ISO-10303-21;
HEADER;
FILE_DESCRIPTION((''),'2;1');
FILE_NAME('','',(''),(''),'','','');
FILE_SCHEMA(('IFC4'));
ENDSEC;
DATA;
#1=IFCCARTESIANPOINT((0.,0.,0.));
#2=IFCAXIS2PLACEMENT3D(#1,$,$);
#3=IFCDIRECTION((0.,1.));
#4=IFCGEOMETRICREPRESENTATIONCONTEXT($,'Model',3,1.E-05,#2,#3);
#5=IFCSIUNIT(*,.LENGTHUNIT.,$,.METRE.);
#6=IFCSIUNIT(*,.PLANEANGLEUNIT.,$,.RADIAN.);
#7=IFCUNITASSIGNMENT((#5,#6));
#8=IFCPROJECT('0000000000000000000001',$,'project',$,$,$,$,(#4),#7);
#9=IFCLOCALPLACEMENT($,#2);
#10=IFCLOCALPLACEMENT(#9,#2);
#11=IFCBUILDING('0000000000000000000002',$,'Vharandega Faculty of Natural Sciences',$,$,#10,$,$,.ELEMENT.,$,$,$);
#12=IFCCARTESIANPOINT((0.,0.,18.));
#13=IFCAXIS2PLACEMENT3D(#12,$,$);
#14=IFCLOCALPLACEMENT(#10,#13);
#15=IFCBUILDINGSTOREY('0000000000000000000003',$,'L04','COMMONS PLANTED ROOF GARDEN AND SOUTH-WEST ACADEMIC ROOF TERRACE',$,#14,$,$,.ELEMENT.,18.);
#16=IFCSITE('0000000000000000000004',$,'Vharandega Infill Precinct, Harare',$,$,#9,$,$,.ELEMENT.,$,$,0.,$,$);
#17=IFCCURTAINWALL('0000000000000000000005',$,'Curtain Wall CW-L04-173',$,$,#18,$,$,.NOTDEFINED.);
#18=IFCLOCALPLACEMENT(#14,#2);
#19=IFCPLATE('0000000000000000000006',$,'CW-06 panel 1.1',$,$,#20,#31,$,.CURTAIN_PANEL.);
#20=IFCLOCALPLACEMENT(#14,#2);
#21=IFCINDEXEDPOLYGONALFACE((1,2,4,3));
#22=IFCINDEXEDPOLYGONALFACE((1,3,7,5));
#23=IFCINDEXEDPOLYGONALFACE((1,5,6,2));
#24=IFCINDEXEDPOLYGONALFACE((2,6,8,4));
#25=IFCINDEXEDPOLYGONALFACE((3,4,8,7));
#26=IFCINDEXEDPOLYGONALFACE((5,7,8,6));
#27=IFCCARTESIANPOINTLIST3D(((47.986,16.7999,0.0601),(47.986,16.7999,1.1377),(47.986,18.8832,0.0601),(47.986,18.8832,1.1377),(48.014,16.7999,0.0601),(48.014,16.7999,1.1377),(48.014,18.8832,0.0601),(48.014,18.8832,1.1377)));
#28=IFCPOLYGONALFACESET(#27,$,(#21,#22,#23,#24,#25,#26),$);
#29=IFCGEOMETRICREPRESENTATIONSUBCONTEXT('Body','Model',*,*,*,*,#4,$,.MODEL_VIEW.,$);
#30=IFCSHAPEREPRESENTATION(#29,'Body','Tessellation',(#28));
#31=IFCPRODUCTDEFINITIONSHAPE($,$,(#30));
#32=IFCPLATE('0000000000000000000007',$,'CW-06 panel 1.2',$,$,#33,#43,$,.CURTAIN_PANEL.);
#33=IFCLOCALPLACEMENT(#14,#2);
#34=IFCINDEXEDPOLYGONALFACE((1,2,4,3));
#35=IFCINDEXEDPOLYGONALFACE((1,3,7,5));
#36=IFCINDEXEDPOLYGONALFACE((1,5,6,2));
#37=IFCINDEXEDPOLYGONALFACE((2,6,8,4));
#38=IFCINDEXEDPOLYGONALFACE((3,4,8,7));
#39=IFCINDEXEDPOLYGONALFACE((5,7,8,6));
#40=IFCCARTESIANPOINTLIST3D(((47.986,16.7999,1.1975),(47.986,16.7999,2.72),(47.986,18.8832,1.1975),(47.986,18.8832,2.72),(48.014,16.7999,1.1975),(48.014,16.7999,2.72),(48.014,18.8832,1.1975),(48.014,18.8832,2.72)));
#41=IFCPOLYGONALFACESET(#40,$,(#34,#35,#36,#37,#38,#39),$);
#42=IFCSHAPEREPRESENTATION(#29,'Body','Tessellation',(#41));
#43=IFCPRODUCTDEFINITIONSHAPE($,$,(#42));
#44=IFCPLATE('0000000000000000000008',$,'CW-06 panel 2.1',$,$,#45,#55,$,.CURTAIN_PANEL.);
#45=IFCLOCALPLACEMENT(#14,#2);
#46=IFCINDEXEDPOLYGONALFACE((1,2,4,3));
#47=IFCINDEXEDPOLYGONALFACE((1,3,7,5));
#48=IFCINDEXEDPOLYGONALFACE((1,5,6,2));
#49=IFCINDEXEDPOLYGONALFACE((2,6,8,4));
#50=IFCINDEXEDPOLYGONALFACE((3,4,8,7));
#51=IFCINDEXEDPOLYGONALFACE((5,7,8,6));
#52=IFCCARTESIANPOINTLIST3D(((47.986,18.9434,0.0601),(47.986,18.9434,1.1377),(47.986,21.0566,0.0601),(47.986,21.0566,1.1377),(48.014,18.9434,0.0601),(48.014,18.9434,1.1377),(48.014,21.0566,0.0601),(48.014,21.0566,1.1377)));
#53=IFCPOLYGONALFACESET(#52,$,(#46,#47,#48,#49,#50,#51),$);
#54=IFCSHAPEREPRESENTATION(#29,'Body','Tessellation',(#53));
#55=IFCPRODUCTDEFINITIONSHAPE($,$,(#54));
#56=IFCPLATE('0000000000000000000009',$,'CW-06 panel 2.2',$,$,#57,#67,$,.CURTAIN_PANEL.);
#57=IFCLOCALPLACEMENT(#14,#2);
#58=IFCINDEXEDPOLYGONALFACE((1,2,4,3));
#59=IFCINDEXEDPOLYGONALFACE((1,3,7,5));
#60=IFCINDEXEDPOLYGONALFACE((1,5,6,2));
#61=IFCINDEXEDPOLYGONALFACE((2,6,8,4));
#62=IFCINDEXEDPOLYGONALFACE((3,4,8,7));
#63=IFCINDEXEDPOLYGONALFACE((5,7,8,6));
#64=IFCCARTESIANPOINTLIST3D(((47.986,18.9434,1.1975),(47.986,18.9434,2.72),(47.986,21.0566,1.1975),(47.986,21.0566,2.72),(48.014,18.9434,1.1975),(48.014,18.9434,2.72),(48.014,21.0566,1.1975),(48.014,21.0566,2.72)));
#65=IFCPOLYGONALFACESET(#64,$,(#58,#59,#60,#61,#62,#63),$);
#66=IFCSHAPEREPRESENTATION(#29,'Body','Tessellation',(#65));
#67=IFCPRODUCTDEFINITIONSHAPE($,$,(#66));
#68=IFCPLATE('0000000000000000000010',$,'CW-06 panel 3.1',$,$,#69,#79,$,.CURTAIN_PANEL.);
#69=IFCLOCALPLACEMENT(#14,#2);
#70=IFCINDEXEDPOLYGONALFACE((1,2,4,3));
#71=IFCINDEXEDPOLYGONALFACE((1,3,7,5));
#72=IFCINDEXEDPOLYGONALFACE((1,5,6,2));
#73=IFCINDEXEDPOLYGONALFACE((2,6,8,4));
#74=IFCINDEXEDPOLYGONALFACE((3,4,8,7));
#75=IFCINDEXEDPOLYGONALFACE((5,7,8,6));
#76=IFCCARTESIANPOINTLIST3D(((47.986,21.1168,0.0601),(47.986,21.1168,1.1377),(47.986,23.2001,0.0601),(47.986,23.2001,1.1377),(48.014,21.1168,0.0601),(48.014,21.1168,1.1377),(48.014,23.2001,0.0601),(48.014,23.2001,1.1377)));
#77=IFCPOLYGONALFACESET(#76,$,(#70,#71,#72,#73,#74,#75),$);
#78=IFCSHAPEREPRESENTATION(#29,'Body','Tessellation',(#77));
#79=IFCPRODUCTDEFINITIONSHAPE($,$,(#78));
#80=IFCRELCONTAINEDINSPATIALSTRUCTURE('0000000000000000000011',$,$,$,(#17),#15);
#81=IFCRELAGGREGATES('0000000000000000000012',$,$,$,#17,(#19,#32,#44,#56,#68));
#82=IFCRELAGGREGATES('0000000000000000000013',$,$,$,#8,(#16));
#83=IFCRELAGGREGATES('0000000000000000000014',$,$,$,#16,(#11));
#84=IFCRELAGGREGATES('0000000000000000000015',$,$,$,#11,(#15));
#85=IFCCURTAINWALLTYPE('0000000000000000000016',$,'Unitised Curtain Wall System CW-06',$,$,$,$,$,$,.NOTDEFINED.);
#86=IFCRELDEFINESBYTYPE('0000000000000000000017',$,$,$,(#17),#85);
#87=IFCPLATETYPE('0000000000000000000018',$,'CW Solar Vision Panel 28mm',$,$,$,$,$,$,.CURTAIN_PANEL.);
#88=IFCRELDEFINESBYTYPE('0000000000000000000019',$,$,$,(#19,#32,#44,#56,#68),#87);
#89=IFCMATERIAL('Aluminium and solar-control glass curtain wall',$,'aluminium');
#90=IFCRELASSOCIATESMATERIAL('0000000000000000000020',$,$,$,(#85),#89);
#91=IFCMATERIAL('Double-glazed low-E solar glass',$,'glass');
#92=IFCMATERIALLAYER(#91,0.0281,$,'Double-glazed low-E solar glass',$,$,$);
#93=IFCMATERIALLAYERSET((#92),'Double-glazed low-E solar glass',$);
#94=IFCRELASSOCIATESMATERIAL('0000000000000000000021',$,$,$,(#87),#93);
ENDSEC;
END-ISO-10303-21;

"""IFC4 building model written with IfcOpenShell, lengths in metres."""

from ifc_helpers import new_model, si_unit, direction, frame, origin, origin_2d, place, context, subcontext, project, spatial, rectangle, extrude, material, layer, layer_set, type_object, element, aggregate, save


model = new_model("IFC4")

# Units and contexts
model_context = context("Model", 3, precision=1e-05, world=origin(), true_north=direction((0.0, 1.0)))
body_context = subcontext(model_context, "Body", "Model", "MODEL_VIEW")
ifc_project = project(units=[si_unit("LENGTHUNIT", "METRE"), si_unit("PLANEANGLEUNIT", "RADIAN")], contexts=[model_context])

# Site, building, storey
site_placement = place(None, origin())
site = spatial("IfcSite", under=ifc_project, at=site_placement, Name="Vharandega Infill Precinct, Harare", CompositionType="ELEMENT", RefElevation=0.0)
building_placement = place(site_placement, origin())
building = spatial("IfcBuilding", under=site, at=building_placement, Name="Vharandega Faculty of Natural Sciences", CompositionType="ELEMENT")
storey_placement = place(building_placement, frame((0.0, 0.0, 18.0)))
storey = spatial("IfcBuildingStorey", under=building, at=storey_placement, Name="L04", Description="COMMONS PLANTED ROOF GARDEN AND SOUTH-WEST ACADEMIC ROOF TERRACE", CompositionType="ELEMENT", Elevation=18.0)

# Curtain wall
ifc_material_1 = material(Name="Aluminium and solar-control glass curtain wall", Category="aluminium")
curtain_wall_type = type_object("IfcCurtainWallType", Name="Unitised Curtain Wall System CW-06", PredefinedType="NOTDEFINED", material=ifc_material_1)
curtain_wall_placement = place(storey_placement, origin())
curtain_wall = element("IfcCurtainWall", 1, at=curtain_wall_placement, inside=storey, type_object=curtain_wall_type, Name="Curtain Wall CW-L04-173", PredefinedType="NOTDEFINED")

# Plates
ifc_material_2 = material(Name="Double-glazed low-E solar glass", Category="glass")
ifc_layer = layer(ifc_material_2, 0.0281, Name="Double-glazed low-E solar glass")
ifc_layer_set = layer_set([ifc_layer], Name="Double-glazed low-E solar glass")
plate_type = type_object("IfcPlateType", Name="CW Solar Vision Panel 28mm", PredefinedType="CURTAIN_PANEL", material=ifc_layer_set)
plate_1_placement = place(storey_placement, frame((48.0, 17.8416, 0.0601), z_axis=(0.0, 0.0, 1.0), x_axis=(0.0, 1.0, 0.0)))
plate_1 = element("IfcPlate", 2, at=plate_1_placement, type_object=plate_type, Name="CW-06 panel 1.1", PredefinedType="CURTAIN_PANEL", context=body_context, shape_type="SweptSolid", body=[
    extrude(rectangle(XDim=2.0833, YDim=0.0281, at=origin_2d()), origin(), (0.0, 0.0, 1.0), 1.0776),
])
plate_2_placement = place(storey_placement, frame((48.0, 17.8416, 1.1975), z_axis=(0.0, 0.0, 1.0), x_axis=(0.0, 1.0, 0.0)))
plate_2 = element("IfcPlate", 3, at=plate_2_placement, type_object=plate_type, Name="CW-06 panel 1.2", PredefinedType="CURTAIN_PANEL", context=body_context, shape_type="SweptSolid", body=[
    extrude(rectangle(XDim=2.0833, YDim=0.0281, at=origin_2d()), origin(), (0.0, 0.0, 1.0), 1.5225),
])
plate_3_placement = place(storey_placement, frame((48.0, 20.0, 0.0601), z_axis=(0.0, 0.0, 1.0), x_axis=(0.0, 1.0, 0.0)))
plate_3 = element("IfcPlate", 4, at=plate_3_placement, type_object=plate_type, Name="CW-06 panel 2.1", PredefinedType="CURTAIN_PANEL", context=body_context, shape_type="SweptSolid", body=[
    extrude(rectangle(XDim=2.1133, YDim=0.0281, at=origin_2d()), origin(), (0.0, 0.0, 1.0), 1.0776),
])
plate_4_placement = place(storey_placement, frame((48.0, 20.0, 1.1975), z_axis=(0.0, 0.0, 1.0), x_axis=(0.0, 1.0, 0.0)))
plate_4 = element("IfcPlate", 5, at=plate_4_placement, type_object=plate_type, Name="CW-06 panel 2.2", PredefinedType="CURTAIN_PANEL", context=body_context, shape_type="SweptSolid", body=[
    extrude(rectangle(XDim=2.1133, YDim=0.0281, at=origin_2d()), origin(), (0.0, 0.0, 1.0), 1.5225),
])
plate_5_placement = place(storey_placement, frame((48.0, 22.1584, 0.0601), z_axis=(0.0, 0.0, 1.0), x_axis=(0.0, 1.0, 0.0)))
plate_5 = element("IfcPlate", 6, at=plate_5_placement, type_object=plate_type, Name="CW-06 panel 3.1", PredefinedType="CURTAIN_PANEL", context=body_context, shape_type="SweptSolid", body=[
    extrude(rectangle(XDim=2.0833, YDim=0.0281, at=origin_2d()), origin(), (0.0, 0.0, 1.0), 1.0776),
])
aggregate(curtain_wall, [plate_1, plate_2, plate_3, plate_4, plate_5])

save(model, "model.ifc")
